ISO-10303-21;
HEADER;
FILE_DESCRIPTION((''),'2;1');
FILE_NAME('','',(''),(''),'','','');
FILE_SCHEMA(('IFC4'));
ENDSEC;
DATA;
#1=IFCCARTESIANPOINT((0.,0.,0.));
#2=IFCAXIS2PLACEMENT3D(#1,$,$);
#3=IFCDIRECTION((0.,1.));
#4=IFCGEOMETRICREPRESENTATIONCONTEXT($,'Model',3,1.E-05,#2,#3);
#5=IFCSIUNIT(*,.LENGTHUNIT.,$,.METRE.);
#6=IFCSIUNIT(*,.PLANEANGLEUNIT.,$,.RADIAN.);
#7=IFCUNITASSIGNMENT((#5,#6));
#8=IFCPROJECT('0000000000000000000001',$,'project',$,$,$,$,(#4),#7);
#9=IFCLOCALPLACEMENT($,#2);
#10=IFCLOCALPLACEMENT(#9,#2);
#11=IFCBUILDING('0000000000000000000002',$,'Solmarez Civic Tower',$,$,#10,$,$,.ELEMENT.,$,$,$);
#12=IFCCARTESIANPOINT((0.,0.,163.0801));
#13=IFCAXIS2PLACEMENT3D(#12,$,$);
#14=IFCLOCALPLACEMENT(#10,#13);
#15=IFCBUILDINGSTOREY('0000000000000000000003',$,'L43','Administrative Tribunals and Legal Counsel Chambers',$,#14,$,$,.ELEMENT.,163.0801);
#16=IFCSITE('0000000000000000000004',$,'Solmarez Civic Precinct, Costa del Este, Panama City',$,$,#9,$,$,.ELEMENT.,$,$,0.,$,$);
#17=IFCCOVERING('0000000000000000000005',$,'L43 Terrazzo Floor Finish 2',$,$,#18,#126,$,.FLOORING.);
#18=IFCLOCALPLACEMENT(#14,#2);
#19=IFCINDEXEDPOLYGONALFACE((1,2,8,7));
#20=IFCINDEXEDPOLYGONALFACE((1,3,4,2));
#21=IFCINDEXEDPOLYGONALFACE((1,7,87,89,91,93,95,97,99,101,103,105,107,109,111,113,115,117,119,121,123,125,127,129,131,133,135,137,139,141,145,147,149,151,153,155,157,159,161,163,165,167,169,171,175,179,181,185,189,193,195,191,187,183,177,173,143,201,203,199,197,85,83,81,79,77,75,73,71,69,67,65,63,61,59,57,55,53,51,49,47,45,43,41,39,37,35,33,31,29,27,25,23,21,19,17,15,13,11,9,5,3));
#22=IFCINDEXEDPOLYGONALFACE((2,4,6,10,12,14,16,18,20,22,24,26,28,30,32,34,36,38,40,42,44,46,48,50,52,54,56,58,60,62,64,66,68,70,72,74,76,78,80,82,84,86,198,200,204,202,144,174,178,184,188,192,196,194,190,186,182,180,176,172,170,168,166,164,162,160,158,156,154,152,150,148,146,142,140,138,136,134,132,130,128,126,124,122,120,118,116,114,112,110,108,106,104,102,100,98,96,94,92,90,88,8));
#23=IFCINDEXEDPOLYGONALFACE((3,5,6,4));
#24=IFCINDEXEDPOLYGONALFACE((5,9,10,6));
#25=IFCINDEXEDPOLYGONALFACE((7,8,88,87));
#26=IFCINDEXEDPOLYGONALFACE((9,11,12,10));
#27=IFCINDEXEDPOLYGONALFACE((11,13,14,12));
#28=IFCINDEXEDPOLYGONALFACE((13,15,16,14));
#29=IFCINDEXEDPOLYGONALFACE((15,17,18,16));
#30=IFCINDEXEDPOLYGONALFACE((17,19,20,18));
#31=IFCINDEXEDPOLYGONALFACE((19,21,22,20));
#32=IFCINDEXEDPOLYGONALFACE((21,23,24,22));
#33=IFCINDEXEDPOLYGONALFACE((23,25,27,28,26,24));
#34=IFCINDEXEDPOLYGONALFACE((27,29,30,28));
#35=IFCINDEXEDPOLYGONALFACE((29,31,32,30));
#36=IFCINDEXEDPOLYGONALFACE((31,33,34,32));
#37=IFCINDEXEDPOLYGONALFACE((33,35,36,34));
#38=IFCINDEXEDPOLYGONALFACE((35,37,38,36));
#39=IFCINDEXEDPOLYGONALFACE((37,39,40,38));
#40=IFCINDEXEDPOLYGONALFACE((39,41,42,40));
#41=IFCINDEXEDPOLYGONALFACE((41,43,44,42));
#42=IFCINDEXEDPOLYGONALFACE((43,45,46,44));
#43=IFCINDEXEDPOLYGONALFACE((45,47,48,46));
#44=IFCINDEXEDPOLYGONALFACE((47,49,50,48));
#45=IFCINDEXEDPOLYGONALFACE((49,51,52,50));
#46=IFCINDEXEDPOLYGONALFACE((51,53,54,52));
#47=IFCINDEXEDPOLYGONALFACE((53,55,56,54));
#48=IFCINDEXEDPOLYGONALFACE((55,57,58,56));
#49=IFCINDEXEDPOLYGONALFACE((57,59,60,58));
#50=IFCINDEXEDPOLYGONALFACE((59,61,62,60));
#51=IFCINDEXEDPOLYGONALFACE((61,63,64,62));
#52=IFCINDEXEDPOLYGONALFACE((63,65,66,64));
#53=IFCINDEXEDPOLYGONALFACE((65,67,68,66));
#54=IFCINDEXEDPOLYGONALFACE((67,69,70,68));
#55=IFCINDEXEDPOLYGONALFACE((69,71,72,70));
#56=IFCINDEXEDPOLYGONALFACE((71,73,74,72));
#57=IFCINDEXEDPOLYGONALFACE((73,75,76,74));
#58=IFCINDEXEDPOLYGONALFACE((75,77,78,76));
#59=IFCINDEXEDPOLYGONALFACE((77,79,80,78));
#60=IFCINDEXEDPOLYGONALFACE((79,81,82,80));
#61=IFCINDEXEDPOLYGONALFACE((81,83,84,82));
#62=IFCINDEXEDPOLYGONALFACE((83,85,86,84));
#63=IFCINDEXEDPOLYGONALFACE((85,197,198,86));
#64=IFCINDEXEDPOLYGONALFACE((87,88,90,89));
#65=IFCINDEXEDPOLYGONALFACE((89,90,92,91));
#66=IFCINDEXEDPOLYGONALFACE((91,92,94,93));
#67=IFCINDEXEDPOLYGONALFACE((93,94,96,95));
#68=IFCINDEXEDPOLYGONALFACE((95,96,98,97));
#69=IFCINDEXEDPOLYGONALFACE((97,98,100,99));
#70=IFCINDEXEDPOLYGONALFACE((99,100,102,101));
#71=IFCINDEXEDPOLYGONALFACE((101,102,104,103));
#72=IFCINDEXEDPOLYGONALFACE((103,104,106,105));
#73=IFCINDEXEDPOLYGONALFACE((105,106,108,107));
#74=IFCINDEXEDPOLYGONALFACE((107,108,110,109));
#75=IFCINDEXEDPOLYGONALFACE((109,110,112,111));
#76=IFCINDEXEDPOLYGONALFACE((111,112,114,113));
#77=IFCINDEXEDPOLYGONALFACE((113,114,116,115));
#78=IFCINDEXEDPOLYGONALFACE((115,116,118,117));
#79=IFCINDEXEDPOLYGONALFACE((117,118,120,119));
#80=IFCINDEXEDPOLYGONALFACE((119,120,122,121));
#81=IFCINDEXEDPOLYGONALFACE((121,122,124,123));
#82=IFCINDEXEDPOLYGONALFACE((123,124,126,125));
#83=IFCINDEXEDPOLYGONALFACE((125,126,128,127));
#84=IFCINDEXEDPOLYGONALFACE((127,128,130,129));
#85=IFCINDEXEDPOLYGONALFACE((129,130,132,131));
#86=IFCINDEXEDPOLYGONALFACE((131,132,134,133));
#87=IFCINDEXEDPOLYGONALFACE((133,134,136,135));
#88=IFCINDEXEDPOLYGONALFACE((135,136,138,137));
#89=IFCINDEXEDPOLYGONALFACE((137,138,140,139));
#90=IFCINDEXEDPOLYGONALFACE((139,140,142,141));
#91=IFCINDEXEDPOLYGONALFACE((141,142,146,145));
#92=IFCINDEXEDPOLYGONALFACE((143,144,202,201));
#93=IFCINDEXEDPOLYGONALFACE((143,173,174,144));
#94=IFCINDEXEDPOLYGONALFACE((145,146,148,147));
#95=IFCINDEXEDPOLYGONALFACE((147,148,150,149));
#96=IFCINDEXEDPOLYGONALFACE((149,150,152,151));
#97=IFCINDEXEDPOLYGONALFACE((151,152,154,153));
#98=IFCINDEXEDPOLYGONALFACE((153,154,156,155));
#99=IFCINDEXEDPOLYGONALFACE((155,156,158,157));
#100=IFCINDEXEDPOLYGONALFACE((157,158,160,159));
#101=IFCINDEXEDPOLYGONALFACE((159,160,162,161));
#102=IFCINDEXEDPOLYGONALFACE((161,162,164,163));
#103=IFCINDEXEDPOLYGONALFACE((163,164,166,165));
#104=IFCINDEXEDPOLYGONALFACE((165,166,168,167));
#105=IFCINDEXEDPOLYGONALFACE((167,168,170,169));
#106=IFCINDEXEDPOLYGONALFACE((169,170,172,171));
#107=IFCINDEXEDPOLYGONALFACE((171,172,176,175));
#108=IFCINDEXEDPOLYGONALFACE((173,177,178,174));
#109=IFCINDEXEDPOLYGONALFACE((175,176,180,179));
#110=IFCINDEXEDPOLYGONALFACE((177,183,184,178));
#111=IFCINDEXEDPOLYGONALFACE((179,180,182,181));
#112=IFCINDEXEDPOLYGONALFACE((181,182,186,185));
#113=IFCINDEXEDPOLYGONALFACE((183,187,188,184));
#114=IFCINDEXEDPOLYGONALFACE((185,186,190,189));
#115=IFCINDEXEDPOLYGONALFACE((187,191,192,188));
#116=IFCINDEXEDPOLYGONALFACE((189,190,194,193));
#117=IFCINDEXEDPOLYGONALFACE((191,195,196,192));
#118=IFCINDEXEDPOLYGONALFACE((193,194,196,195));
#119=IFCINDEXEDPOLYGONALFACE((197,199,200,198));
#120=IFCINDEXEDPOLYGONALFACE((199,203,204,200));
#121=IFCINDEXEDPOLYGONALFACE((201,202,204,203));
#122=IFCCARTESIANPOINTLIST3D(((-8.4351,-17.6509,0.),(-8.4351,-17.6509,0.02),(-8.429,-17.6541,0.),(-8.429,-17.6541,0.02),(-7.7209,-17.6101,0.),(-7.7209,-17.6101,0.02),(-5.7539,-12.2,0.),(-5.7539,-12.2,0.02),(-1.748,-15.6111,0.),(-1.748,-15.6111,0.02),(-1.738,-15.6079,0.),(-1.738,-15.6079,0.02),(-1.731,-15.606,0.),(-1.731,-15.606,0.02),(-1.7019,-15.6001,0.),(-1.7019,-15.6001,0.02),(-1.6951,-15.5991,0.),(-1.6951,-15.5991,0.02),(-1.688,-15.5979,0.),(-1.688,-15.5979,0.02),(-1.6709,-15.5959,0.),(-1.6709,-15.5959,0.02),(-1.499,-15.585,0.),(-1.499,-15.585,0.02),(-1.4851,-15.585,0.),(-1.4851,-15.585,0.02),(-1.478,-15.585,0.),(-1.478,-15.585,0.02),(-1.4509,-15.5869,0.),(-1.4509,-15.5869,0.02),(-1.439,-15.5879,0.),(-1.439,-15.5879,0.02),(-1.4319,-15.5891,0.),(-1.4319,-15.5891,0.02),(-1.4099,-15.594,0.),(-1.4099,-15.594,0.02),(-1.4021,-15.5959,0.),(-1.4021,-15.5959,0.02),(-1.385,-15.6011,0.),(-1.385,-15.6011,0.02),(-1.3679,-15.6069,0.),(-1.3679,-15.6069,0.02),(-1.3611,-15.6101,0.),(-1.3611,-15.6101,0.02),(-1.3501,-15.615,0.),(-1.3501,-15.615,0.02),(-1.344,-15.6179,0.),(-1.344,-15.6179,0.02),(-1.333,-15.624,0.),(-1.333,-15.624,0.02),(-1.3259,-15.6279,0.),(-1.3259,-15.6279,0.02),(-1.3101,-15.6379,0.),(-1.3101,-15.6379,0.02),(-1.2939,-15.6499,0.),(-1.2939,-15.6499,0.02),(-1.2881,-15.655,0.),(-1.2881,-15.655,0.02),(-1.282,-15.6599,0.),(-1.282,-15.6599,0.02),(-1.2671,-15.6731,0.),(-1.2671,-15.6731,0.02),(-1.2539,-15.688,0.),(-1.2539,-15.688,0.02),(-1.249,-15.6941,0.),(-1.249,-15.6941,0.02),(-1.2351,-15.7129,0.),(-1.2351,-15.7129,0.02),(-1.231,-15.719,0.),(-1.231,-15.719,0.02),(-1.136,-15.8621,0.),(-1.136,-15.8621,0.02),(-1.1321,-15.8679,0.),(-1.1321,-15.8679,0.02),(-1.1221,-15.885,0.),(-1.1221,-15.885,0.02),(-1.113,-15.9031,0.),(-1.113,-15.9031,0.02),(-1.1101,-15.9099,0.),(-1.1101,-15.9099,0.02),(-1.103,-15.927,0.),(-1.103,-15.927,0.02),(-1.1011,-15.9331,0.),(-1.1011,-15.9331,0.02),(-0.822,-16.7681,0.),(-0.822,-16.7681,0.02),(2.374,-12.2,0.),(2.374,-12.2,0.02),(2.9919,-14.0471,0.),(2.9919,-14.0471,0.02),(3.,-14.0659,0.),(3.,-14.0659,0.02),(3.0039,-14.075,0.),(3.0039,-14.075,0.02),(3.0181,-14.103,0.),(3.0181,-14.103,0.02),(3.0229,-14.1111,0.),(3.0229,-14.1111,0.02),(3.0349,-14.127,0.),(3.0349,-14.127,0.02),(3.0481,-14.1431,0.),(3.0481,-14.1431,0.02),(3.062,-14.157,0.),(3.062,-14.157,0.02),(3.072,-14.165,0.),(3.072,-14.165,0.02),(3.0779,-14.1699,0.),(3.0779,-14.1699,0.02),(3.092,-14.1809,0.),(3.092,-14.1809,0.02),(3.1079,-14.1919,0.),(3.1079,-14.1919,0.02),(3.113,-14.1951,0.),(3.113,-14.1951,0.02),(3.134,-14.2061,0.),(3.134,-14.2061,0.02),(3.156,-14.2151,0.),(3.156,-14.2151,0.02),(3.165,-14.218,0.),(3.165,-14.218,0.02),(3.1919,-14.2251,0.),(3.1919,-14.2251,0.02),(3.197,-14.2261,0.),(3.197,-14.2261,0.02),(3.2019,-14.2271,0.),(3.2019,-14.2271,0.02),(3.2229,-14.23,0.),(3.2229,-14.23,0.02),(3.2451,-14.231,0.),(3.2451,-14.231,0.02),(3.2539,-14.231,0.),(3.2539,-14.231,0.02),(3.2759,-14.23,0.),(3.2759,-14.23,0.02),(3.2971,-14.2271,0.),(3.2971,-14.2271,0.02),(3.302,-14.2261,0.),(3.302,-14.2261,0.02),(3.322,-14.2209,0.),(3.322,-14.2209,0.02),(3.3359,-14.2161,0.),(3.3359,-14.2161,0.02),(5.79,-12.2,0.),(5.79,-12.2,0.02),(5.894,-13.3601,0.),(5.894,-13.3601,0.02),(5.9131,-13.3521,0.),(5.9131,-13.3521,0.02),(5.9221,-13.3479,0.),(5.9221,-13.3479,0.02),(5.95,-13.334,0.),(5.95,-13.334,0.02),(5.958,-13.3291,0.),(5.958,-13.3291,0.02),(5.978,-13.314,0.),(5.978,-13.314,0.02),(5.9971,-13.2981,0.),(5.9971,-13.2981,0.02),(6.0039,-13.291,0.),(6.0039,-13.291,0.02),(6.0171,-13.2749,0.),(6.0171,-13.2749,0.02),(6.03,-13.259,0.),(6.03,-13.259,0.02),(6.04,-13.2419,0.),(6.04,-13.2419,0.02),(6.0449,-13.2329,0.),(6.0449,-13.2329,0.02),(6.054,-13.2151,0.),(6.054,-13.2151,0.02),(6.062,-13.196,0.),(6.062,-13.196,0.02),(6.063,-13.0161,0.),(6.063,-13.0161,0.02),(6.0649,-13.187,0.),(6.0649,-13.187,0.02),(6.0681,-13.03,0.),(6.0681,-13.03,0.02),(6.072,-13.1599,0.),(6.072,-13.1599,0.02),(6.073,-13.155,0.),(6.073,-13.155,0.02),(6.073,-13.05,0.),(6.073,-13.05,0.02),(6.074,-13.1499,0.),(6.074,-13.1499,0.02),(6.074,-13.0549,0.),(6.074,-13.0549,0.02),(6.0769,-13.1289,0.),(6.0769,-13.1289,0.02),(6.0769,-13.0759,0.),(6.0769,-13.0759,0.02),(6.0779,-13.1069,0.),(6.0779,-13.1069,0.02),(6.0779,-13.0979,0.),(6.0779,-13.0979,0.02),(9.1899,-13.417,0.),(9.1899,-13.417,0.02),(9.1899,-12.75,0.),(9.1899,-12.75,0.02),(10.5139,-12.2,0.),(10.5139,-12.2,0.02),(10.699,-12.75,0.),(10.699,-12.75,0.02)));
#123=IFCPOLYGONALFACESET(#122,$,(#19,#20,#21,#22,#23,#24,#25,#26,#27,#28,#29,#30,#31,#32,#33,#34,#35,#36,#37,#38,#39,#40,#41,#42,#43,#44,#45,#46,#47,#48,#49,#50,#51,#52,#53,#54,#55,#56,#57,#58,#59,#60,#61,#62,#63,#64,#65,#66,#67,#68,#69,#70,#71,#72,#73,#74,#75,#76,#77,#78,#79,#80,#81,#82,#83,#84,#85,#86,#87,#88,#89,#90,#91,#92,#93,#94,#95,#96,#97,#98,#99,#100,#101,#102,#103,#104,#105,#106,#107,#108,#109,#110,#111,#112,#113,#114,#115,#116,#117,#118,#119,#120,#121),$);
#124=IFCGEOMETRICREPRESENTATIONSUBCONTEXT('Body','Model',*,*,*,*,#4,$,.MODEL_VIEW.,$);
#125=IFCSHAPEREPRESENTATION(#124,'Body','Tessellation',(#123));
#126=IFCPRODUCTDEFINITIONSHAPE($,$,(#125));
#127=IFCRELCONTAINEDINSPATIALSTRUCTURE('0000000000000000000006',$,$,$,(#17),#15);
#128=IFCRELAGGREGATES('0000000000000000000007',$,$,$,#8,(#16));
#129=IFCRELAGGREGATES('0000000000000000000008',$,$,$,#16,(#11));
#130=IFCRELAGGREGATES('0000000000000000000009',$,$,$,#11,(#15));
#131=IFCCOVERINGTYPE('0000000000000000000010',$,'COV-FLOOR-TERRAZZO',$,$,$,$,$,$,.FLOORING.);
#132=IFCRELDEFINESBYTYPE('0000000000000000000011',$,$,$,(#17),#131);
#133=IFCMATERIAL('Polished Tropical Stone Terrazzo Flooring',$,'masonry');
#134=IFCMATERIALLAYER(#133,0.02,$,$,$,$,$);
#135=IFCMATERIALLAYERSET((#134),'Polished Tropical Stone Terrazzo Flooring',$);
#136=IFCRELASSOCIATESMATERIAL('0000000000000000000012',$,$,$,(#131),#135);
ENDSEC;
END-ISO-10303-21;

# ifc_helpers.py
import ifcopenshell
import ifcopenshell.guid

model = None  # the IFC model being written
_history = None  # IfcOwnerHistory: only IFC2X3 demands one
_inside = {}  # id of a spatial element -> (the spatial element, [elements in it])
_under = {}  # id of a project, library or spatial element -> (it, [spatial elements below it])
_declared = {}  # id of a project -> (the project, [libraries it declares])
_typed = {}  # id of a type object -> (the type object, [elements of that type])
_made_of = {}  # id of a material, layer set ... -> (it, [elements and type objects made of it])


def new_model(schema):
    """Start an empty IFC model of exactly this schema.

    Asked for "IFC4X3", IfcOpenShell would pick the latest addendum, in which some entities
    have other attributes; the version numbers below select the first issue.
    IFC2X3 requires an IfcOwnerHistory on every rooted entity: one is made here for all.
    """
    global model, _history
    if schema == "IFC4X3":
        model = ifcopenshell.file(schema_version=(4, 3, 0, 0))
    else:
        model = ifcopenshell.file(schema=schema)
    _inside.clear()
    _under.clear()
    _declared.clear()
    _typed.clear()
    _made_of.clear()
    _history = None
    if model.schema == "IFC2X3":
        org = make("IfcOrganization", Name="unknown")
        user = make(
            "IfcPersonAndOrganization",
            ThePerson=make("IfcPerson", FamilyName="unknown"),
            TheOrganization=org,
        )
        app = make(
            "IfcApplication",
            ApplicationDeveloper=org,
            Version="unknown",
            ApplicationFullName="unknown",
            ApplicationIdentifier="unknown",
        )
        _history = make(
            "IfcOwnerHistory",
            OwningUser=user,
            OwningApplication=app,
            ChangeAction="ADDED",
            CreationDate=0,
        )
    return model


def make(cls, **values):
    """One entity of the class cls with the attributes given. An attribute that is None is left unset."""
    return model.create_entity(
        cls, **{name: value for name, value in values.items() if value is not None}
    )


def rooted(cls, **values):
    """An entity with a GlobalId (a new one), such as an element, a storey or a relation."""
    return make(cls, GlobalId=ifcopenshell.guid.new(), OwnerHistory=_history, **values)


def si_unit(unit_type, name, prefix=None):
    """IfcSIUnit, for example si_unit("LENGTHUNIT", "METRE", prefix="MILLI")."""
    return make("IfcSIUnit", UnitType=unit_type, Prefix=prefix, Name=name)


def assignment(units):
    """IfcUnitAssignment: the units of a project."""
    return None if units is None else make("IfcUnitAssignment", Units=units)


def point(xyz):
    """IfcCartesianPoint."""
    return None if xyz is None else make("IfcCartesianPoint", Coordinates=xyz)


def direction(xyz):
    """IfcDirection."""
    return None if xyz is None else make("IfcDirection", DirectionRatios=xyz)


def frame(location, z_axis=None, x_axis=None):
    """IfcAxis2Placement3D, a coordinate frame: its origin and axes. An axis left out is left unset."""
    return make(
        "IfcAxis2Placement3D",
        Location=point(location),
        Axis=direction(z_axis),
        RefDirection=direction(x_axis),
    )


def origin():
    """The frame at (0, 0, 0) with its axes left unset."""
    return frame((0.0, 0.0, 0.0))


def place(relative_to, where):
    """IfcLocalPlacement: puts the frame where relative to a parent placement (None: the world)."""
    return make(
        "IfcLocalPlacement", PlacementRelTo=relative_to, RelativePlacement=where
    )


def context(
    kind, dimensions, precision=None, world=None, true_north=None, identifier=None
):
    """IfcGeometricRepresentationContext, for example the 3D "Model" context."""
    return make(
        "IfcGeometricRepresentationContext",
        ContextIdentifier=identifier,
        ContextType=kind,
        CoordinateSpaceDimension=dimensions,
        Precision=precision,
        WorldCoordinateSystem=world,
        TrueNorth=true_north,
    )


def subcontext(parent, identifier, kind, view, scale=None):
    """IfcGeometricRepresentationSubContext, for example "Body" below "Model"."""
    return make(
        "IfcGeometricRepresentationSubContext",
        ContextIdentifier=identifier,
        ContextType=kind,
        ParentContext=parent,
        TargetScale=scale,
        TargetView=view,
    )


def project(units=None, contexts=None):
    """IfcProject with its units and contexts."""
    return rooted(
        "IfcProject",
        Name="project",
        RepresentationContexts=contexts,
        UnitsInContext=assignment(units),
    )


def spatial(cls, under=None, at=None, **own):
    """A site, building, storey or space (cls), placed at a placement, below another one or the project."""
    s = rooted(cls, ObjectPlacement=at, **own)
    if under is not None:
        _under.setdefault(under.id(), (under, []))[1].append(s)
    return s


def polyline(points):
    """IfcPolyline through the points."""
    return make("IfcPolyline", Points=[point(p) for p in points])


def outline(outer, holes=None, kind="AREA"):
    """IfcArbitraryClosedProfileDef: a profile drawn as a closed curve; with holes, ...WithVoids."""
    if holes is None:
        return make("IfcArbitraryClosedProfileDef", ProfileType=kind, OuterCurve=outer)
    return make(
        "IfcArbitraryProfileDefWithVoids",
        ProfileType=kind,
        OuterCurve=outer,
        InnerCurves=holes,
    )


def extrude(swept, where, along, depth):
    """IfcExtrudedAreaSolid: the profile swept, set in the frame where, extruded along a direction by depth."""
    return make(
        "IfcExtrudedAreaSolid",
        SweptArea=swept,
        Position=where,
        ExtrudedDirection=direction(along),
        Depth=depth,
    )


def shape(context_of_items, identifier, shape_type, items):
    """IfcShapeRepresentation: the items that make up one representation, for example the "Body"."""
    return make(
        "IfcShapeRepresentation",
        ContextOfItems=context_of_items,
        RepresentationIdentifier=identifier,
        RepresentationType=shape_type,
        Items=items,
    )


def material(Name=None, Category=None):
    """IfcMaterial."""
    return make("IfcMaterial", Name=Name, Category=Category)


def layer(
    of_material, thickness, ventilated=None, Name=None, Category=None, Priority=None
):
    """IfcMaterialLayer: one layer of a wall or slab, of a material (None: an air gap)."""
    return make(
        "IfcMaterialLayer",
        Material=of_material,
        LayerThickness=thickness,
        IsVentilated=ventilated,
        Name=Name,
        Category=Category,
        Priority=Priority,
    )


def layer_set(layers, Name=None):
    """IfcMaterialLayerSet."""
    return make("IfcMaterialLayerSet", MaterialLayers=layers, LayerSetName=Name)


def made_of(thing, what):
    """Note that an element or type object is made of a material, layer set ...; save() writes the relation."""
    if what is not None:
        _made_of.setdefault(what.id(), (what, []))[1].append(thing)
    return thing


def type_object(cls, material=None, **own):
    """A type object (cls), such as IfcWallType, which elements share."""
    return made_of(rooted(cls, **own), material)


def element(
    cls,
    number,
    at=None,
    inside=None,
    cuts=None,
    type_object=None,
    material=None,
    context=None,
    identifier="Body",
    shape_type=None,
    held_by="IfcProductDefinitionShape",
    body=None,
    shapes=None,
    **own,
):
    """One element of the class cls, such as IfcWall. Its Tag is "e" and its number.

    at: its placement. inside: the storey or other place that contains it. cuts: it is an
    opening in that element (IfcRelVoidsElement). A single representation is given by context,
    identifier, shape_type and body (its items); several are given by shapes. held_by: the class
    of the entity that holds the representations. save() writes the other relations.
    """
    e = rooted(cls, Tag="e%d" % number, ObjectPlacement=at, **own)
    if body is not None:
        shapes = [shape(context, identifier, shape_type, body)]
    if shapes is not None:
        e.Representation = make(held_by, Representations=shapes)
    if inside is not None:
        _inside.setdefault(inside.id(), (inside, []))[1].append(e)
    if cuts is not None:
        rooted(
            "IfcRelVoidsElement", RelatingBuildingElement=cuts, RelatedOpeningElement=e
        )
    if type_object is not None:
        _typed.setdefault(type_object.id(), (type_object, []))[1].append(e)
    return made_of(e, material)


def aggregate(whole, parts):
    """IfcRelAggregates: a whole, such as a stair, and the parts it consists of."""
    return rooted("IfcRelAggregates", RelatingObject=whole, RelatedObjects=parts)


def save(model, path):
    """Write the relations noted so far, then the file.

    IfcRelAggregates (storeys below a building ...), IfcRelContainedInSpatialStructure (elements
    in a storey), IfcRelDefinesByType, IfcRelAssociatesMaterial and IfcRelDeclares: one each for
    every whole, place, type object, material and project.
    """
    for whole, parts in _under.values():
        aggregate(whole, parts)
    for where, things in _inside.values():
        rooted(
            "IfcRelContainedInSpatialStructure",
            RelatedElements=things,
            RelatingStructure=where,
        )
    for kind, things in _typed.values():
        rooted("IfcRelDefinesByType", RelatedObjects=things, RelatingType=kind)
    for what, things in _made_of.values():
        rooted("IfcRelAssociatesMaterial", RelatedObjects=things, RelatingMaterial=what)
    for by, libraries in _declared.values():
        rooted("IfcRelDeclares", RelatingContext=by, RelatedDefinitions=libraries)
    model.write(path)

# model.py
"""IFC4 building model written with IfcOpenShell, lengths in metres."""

from ifc_helpers import new_model, si_unit, direction, frame, origin, place, context, subcontext, project, spatial, polyline, outline, extrude, material, layer, layer_set, type_object, element, save


model = new_model("IFC4")

# Units and contexts
model_context = context("Model", 3, precision=1e-05, world=origin(), true_north=direction((0.0, 1.0)))
body_context = subcontext(model_context, "Body", "Model", "MODEL_VIEW")
ifc_project = project(units=[si_unit("LENGTHUNIT", "METRE"), si_unit("PLANEANGLEUNIT", "RADIAN")], contexts=[model_context])

# Site, building, storey
site_placement = place(None, origin())
site = spatial("IfcSite", under=ifc_project, at=site_placement, Name="Solmarez Civic Precinct, Costa del Este, Panama City", CompositionType="ELEMENT", RefElevation=0.0)
building_placement = place(site_placement, origin())
building = spatial("IfcBuilding", under=site, at=building_placement, Name="Solmarez Civic Tower", CompositionType="ELEMENT")
storey_placement = place(building_placement, frame((0.0, 0.0, 163.0801)))
storey = spatial("IfcBuildingStorey", under=building, at=storey_placement, Name="L43", Description="Administrative Tribunals and Legal Counsel Chambers", CompositionType="ELEMENT", Elevation=163.0801)

# Covering
ifc_material_1 = material(Name="Polished Tropical Stone Terrazzo Flooring", Category="masonry")
ifc_layer_1 = layer(ifc_material_1, 0.02)
ifc_layer_set_1 = layer_set([ifc_layer_1], Name="Polished Tropical Stone Terrazzo Flooring")
covering_type_1 = type_object("IfcCoveringType", Name="COV-FLOOR-TERRAZZO", PredefinedType="FLOORING", material=ifc_layer_set_1)
covering_1_placement = place(storey_placement, origin())
element("IfcCovering", 1, at=covering_1_placement, inside=storey, type_object=covering_type_1, Name="L43 Terrazzo Floor Finish 2", PredefinedType="FLOORING", context=body_context, shape_type="SweptSolid", body=[
    extrude(outline(polyline([(3.072, -14.165), (3.062, -14.157), (3.0481, -14.1431), (3.0349, -14.127), (3.0229, -14.1111), (3.0181, -14.103), (3.0039, -14.075), (3.0, -14.0659), (2.9919, -14.0471), (2.374, -12.2), (-5.7539, -12.2), (-8.4351, -17.6509), (-8.429, -17.6541), (-7.7209, -17.6101), (-1.748, -15.6111), (-1.738, -15.6079), (-1.731, -15.606), (-1.7019, -15.6001), (-1.6951, -15.5991), (-1.688, -15.5979), (-1.6709, -15.5959), (-1.499, -15.585), (-1.4851, -15.585), (-1.478, -15.585), (-1.4509, -15.5869), (-1.439, -15.5879), (-1.4319, -15.5891), (-1.4099, -15.594), (-1.4021, -15.5959), (-1.385, -15.6011), (-1.3679, -15.6069), (-1.3611, -15.6101), (-1.3501, -15.615), (-1.344, -15.6179), (-1.333, -15.624), (-1.3259, -15.6279), (-1.3101, -15.6379), (-1.2939, -15.6499), (-1.2881, -15.655), (-1.282, -15.6599), (-1.2671, -15.6731), (-1.2539, -15.688), (-1.249, -15.6941), (-1.2351, -15.7129), (-1.231, -15.719), (-1.136, -15.8621), (-1.1321, -15.8679), (-1.1221, -15.885), (-1.113, -15.9031), (-1.1101, -15.9099), (-1.103, -15.927), (-1.1011, -15.9331), (-0.822, -16.7681), (9.1899, -13.417), (9.1899, -12.75), (10.699, -12.75), (10.5139, -12.2), (5.79, -12.2), (6.063, -13.0161), (6.0681, -13.03), (6.073, -13.05), (6.074, -13.0549), (6.0769, -13.0759), (6.0779, -13.0979), (6.0779, -13.1069), (6.0769, -13.1289), (6.074, -13.1499), (6.073, -13.155), (6.072, -13.1599), (6.0649, -13.187), (6.062, -13.196), (6.054, -13.2151), (6.0449, -13.2329), (6.04, -13.2419), (6.03, -13.259), (6.0171, -13.2749), (6.0039, -13.291), (5.9971, -13.2981), (5.978, -13.314), (5.958, -13.3291), (5.95, -13.334), (5.9221, -13.3479), (5.9131, -13.3521), (5.894, -13.3601), (3.3359, -14.2161), (3.322, -14.2209), (3.302, -14.2261), (3.2971, -14.2271), (3.2759, -14.23), (3.2539, -14.231), (3.2451, -14.231), (3.2229, -14.23), (3.2019, -14.2271), (3.197, -14.2261), (3.1919, -14.2251), (3.165, -14.218), (3.156, -14.2151), (3.134, -14.2061), (3.113, -14.1951), (3.1079, -14.1919), (3.092, -14.1809), (3.0779, -14.1699), (3.072, -14.165)])), origin(), (0.0, 0.0, 1.0), 0.02),
])

save(model, "model.ifc")
